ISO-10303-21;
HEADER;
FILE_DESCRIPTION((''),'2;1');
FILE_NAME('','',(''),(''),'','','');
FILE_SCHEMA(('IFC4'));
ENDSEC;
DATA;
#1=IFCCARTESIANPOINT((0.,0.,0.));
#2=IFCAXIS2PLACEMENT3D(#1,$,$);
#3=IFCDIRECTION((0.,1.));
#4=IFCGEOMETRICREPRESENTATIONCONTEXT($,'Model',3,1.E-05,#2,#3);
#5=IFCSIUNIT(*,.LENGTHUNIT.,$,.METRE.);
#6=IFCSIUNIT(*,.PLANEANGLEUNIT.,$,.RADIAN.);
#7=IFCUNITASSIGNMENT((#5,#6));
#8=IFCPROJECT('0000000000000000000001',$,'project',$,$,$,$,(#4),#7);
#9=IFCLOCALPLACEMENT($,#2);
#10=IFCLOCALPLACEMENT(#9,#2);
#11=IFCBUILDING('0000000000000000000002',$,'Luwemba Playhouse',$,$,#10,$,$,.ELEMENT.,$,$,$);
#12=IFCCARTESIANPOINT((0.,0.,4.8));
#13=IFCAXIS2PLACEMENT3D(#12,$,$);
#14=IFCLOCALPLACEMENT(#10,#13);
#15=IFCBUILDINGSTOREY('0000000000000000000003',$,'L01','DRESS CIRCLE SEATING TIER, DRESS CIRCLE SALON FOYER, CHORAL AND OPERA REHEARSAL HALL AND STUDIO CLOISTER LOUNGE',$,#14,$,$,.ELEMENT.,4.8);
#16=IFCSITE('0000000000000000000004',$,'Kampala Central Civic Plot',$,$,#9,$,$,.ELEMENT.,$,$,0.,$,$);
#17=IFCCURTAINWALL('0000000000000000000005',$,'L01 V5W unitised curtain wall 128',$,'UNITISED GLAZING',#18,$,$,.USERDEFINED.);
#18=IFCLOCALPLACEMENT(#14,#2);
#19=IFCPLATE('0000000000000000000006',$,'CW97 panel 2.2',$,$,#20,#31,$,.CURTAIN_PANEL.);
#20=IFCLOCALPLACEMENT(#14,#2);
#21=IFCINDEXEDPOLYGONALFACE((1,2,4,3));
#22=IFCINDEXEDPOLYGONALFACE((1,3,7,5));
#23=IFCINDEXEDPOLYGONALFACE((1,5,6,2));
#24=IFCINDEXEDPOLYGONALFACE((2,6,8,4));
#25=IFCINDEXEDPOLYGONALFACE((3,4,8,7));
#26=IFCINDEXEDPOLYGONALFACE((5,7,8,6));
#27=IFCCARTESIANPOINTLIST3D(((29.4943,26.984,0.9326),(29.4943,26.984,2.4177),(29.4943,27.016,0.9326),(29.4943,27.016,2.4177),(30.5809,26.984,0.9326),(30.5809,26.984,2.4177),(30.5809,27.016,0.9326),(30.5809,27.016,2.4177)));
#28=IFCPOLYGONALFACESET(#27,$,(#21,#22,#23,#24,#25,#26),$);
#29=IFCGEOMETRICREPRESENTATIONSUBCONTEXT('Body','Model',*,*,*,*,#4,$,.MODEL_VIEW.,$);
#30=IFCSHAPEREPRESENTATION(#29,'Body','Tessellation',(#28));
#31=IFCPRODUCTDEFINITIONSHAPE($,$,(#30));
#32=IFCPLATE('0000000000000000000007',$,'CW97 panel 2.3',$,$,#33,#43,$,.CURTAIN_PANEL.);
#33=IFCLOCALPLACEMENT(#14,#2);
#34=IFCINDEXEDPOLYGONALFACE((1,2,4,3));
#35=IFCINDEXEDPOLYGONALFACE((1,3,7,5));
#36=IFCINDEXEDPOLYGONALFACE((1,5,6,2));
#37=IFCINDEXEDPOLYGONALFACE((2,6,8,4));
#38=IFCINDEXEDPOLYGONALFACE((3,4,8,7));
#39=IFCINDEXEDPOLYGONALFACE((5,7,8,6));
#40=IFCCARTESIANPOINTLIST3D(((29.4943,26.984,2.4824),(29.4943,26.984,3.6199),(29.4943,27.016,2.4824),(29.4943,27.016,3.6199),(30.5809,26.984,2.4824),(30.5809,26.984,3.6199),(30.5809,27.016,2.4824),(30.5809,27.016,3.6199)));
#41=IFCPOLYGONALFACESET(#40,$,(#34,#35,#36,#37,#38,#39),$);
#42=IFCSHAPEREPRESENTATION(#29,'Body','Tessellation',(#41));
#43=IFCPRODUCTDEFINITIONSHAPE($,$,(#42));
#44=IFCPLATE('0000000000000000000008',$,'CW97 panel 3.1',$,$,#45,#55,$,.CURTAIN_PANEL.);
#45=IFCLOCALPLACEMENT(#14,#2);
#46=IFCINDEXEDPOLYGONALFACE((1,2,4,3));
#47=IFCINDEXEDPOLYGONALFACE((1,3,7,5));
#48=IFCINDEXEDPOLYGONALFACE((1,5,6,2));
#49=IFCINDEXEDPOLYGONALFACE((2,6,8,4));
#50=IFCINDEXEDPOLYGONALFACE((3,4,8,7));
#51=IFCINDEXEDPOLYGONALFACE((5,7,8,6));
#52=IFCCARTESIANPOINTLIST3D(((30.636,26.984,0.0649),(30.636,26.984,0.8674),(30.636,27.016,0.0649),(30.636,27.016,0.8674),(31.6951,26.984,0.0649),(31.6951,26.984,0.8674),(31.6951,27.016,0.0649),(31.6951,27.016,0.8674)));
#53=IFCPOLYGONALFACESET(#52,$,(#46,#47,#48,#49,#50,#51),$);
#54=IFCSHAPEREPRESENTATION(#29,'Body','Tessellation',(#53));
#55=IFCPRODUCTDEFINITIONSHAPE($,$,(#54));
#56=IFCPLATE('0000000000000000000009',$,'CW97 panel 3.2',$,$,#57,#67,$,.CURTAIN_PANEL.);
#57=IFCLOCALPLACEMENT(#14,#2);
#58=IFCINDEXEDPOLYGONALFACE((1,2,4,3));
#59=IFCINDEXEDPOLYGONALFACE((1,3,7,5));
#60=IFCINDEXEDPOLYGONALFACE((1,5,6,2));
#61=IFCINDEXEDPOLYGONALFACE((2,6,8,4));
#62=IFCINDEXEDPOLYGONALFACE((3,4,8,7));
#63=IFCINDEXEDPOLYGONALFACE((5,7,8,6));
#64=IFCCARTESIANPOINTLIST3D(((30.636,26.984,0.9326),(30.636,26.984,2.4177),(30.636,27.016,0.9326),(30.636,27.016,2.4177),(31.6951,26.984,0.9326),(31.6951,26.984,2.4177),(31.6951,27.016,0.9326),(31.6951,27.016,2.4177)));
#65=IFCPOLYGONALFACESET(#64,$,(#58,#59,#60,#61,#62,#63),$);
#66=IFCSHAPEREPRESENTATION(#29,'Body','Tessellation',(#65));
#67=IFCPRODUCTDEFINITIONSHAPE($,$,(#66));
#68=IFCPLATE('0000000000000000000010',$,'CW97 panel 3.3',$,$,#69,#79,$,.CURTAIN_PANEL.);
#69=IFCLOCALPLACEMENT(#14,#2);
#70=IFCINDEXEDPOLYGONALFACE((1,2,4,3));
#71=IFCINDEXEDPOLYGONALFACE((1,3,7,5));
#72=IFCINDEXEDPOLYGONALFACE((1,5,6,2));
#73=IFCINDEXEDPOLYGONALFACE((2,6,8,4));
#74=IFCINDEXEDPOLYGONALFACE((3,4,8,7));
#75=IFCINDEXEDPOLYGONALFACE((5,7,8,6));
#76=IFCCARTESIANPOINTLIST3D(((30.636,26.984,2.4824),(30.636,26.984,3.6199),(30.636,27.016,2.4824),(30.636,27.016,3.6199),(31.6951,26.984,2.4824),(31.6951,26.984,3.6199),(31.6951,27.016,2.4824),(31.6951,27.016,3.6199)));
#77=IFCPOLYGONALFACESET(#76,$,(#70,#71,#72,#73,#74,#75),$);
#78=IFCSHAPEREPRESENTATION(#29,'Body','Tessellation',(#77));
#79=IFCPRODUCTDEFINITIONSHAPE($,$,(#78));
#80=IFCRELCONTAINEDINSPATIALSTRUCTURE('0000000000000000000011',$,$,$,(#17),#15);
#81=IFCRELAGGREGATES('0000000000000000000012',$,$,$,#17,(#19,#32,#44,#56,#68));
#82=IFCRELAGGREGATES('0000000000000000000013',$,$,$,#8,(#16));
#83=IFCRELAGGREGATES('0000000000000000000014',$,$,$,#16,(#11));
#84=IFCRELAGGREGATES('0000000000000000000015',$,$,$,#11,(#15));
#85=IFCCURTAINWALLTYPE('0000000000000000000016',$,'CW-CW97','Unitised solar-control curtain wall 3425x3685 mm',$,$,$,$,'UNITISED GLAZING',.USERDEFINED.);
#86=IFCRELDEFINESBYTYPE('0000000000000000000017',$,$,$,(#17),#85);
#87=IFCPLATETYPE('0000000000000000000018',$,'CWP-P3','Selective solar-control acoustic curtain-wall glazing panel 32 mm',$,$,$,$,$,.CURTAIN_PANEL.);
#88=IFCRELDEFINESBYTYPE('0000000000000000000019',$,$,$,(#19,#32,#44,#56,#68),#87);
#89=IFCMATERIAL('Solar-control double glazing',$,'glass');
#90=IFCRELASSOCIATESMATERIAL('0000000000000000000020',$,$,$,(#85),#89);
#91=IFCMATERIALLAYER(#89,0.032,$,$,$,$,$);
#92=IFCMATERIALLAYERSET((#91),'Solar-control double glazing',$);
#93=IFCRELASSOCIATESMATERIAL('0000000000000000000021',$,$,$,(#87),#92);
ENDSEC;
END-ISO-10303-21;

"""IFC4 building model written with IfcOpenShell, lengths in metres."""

from ifc_helpers import new_model, si_unit, direction, frame, origin, origin_2d, place, context, subcontext, project, spatial, rectangle, extrude, material, layer, layer_set, type_object, element, aggregate, save


model = new_model("IFC4")

# Units and contexts
model_context = context("Model", 3, precision=1e-05, world=origin(), true_north=direction((0.0, 1.0)))
body_context = subcontext(model_context, "Body", "Model", "MODEL_VIEW")
ifc_project = project(units=[si_unit("LENGTHUNIT", "METRE"), si_unit("PLANEANGLEUNIT", "RADIAN")], contexts=[model_context])

# Site, building, storey
site_placement = place(None, origin())
site = spatial("IfcSite", under=ifc_project, at=site_placement, Name="Kampala Central Civic Plot", CompositionType="ELEMENT", RefElevation=0.0)
building_placement = place(site_placement, origin())
building = spatial("IfcBuilding", under=site, at=building_placement, Name="Luwemba Playhouse", CompositionType="ELEMENT")
storey_placement = place(building_placement, frame((0.0, 0.0, 4.8)))
storey = spatial("IfcBuildingStorey", under=building, at=storey_placement, Name="L01", Description="DRESS CIRCLE SEATING TIER, DRESS CIRCLE SALON FOYER, CHORAL AND OPERA REHEARSAL HALL AND STUDIO CLOISTER LOUNGE", CompositionType="ELEMENT", Elevation=4.8)

# Curtain wall
ifc_material_1 = material(Name="Solar-control double glazing", Category="glass")
curtain_wall_type_1 = type_object("IfcCurtainWallType", Name="CW-CW97", Description="Unitised solar-control curtain wall 3425x3685 mm", ElementType="UNITISED GLAZING", PredefinedType="USERDEFINED", material=ifc_material_1)
curtain_wall_1_placement = place(storey_placement, origin())
curtain_wall_1 = element("IfcCurtainWall", 1, at=curtain_wall_1_placement, inside=storey, type_object=curtain_wall_type_1, Name="L01 V5W unitised curtain wall 128", ObjectType="UNITISED GLAZING", PredefinedType="USERDEFINED")

# Plates
ifc_layer = layer(ifc_material_1, 0.032)
ifc_layer_set = layer_set([ifc_layer], Name="Solar-control double glazing")
plate_type = type_object("IfcPlateType", Name="CWP-P3", Description="Selective solar-control acoustic curtain-wall glazing panel 32 mm", PredefinedType="CURTAIN_PANEL", material=ifc_layer_set)
plate_1_placement = place(storey_placement, frame((30.0376, 27.0, 0.9326), z_axis=(0.0, 0.0, 1.0), x_axis=(1.0, 0.0, 0.0)))
plate_1 = element("IfcPlate", 2, at=plate_1_placement, type_object=plate_type, Name="CW97 panel 2.2", PredefinedType="CURTAIN_PANEL", context=body_context, shape_type="SweptSolid", body=[
    extrude(rectangle(XDim=1.0867, YDim=0.032, at=origin_2d()), origin(), (0.0, 0.0, 1.0), 1.4851),
])
plate_2_placement = place(storey_placement, frame((30.0376, 27.0, 2.4824), z_axis=(0.0, 0.0, 1.0), x_axis=(1.0, 0.0, 0.0)))
plate_2 = element("IfcPlate", 3, at=plate_2_placement, type_object=plate_type, Name="CW97 panel 2.3", PredefinedType="CURTAIN_PANEL", context=body_context, shape_type="SweptSolid", body=[
    extrude(rectangle(XDim=1.0867, YDim=0.032, at=origin_2d()), origin(), (0.0, 0.0, 1.0), 1.1375),
])
plate_3_placement = place(storey_placement, frame((31.1655, 27.0, 0.0649), z_axis=(0.0, 0.0, 1.0), x_axis=(1.0, 0.0, 0.0)))
plate_3 = element("IfcPlate", 4, at=plate_3_placement, type_object=plate_type, Name="CW97 panel 3.1", PredefinedType="CURTAIN_PANEL", context=body_context, shape_type="SweptSolid", body=[
    extrude(rectangle(XDim=1.0591, YDim=0.032, at=origin_2d()), origin(), (0.0, 0.0, 1.0), 0.8025),
])
plate_4_placement = place(storey_placement, frame((31.1655, 27.0, 0.9326), z_axis=(0.0, 0.0, 1.0), x_axis=(1.0, 0.0, 0.0)))
plate_4 = element("IfcPlate", 5, at=plate_4_placement, type_object=plate_type, Name="CW97 panel 3.2", PredefinedType="CURTAIN_PANEL", context=body_context, shape_type="SweptSolid", body=[
    extrude(rectangle(XDim=1.0591, YDim=0.032, at=origin_2d()), origin(), (0.0, 0.0, 1.0), 1.4851),
])
plate_5_placement = place(storey_placement, frame((31.1655, 27.0, 2.4824), z_axis=(0.0, 0.0, 1.0), x_axis=(1.0, 0.0, 0.0)))
plate_5 = element("IfcPlate", 6, at=plate_5_placement, type_object=plate_type, Name="CW97 panel 3.3", PredefinedType="CURTAIN_PANEL", context=body_context, shape_type="SweptSolid", body=[
    extrude(rectangle(XDim=1.0591, YDim=0.032, at=origin_2d()), origin(), (0.0, 0.0, 1.0), 1.1375),
])
aggregate(curtain_wall_1, [plate_1, plate_2, plate_3, plate_4, plate_5])

save(model, "model.ifc")
